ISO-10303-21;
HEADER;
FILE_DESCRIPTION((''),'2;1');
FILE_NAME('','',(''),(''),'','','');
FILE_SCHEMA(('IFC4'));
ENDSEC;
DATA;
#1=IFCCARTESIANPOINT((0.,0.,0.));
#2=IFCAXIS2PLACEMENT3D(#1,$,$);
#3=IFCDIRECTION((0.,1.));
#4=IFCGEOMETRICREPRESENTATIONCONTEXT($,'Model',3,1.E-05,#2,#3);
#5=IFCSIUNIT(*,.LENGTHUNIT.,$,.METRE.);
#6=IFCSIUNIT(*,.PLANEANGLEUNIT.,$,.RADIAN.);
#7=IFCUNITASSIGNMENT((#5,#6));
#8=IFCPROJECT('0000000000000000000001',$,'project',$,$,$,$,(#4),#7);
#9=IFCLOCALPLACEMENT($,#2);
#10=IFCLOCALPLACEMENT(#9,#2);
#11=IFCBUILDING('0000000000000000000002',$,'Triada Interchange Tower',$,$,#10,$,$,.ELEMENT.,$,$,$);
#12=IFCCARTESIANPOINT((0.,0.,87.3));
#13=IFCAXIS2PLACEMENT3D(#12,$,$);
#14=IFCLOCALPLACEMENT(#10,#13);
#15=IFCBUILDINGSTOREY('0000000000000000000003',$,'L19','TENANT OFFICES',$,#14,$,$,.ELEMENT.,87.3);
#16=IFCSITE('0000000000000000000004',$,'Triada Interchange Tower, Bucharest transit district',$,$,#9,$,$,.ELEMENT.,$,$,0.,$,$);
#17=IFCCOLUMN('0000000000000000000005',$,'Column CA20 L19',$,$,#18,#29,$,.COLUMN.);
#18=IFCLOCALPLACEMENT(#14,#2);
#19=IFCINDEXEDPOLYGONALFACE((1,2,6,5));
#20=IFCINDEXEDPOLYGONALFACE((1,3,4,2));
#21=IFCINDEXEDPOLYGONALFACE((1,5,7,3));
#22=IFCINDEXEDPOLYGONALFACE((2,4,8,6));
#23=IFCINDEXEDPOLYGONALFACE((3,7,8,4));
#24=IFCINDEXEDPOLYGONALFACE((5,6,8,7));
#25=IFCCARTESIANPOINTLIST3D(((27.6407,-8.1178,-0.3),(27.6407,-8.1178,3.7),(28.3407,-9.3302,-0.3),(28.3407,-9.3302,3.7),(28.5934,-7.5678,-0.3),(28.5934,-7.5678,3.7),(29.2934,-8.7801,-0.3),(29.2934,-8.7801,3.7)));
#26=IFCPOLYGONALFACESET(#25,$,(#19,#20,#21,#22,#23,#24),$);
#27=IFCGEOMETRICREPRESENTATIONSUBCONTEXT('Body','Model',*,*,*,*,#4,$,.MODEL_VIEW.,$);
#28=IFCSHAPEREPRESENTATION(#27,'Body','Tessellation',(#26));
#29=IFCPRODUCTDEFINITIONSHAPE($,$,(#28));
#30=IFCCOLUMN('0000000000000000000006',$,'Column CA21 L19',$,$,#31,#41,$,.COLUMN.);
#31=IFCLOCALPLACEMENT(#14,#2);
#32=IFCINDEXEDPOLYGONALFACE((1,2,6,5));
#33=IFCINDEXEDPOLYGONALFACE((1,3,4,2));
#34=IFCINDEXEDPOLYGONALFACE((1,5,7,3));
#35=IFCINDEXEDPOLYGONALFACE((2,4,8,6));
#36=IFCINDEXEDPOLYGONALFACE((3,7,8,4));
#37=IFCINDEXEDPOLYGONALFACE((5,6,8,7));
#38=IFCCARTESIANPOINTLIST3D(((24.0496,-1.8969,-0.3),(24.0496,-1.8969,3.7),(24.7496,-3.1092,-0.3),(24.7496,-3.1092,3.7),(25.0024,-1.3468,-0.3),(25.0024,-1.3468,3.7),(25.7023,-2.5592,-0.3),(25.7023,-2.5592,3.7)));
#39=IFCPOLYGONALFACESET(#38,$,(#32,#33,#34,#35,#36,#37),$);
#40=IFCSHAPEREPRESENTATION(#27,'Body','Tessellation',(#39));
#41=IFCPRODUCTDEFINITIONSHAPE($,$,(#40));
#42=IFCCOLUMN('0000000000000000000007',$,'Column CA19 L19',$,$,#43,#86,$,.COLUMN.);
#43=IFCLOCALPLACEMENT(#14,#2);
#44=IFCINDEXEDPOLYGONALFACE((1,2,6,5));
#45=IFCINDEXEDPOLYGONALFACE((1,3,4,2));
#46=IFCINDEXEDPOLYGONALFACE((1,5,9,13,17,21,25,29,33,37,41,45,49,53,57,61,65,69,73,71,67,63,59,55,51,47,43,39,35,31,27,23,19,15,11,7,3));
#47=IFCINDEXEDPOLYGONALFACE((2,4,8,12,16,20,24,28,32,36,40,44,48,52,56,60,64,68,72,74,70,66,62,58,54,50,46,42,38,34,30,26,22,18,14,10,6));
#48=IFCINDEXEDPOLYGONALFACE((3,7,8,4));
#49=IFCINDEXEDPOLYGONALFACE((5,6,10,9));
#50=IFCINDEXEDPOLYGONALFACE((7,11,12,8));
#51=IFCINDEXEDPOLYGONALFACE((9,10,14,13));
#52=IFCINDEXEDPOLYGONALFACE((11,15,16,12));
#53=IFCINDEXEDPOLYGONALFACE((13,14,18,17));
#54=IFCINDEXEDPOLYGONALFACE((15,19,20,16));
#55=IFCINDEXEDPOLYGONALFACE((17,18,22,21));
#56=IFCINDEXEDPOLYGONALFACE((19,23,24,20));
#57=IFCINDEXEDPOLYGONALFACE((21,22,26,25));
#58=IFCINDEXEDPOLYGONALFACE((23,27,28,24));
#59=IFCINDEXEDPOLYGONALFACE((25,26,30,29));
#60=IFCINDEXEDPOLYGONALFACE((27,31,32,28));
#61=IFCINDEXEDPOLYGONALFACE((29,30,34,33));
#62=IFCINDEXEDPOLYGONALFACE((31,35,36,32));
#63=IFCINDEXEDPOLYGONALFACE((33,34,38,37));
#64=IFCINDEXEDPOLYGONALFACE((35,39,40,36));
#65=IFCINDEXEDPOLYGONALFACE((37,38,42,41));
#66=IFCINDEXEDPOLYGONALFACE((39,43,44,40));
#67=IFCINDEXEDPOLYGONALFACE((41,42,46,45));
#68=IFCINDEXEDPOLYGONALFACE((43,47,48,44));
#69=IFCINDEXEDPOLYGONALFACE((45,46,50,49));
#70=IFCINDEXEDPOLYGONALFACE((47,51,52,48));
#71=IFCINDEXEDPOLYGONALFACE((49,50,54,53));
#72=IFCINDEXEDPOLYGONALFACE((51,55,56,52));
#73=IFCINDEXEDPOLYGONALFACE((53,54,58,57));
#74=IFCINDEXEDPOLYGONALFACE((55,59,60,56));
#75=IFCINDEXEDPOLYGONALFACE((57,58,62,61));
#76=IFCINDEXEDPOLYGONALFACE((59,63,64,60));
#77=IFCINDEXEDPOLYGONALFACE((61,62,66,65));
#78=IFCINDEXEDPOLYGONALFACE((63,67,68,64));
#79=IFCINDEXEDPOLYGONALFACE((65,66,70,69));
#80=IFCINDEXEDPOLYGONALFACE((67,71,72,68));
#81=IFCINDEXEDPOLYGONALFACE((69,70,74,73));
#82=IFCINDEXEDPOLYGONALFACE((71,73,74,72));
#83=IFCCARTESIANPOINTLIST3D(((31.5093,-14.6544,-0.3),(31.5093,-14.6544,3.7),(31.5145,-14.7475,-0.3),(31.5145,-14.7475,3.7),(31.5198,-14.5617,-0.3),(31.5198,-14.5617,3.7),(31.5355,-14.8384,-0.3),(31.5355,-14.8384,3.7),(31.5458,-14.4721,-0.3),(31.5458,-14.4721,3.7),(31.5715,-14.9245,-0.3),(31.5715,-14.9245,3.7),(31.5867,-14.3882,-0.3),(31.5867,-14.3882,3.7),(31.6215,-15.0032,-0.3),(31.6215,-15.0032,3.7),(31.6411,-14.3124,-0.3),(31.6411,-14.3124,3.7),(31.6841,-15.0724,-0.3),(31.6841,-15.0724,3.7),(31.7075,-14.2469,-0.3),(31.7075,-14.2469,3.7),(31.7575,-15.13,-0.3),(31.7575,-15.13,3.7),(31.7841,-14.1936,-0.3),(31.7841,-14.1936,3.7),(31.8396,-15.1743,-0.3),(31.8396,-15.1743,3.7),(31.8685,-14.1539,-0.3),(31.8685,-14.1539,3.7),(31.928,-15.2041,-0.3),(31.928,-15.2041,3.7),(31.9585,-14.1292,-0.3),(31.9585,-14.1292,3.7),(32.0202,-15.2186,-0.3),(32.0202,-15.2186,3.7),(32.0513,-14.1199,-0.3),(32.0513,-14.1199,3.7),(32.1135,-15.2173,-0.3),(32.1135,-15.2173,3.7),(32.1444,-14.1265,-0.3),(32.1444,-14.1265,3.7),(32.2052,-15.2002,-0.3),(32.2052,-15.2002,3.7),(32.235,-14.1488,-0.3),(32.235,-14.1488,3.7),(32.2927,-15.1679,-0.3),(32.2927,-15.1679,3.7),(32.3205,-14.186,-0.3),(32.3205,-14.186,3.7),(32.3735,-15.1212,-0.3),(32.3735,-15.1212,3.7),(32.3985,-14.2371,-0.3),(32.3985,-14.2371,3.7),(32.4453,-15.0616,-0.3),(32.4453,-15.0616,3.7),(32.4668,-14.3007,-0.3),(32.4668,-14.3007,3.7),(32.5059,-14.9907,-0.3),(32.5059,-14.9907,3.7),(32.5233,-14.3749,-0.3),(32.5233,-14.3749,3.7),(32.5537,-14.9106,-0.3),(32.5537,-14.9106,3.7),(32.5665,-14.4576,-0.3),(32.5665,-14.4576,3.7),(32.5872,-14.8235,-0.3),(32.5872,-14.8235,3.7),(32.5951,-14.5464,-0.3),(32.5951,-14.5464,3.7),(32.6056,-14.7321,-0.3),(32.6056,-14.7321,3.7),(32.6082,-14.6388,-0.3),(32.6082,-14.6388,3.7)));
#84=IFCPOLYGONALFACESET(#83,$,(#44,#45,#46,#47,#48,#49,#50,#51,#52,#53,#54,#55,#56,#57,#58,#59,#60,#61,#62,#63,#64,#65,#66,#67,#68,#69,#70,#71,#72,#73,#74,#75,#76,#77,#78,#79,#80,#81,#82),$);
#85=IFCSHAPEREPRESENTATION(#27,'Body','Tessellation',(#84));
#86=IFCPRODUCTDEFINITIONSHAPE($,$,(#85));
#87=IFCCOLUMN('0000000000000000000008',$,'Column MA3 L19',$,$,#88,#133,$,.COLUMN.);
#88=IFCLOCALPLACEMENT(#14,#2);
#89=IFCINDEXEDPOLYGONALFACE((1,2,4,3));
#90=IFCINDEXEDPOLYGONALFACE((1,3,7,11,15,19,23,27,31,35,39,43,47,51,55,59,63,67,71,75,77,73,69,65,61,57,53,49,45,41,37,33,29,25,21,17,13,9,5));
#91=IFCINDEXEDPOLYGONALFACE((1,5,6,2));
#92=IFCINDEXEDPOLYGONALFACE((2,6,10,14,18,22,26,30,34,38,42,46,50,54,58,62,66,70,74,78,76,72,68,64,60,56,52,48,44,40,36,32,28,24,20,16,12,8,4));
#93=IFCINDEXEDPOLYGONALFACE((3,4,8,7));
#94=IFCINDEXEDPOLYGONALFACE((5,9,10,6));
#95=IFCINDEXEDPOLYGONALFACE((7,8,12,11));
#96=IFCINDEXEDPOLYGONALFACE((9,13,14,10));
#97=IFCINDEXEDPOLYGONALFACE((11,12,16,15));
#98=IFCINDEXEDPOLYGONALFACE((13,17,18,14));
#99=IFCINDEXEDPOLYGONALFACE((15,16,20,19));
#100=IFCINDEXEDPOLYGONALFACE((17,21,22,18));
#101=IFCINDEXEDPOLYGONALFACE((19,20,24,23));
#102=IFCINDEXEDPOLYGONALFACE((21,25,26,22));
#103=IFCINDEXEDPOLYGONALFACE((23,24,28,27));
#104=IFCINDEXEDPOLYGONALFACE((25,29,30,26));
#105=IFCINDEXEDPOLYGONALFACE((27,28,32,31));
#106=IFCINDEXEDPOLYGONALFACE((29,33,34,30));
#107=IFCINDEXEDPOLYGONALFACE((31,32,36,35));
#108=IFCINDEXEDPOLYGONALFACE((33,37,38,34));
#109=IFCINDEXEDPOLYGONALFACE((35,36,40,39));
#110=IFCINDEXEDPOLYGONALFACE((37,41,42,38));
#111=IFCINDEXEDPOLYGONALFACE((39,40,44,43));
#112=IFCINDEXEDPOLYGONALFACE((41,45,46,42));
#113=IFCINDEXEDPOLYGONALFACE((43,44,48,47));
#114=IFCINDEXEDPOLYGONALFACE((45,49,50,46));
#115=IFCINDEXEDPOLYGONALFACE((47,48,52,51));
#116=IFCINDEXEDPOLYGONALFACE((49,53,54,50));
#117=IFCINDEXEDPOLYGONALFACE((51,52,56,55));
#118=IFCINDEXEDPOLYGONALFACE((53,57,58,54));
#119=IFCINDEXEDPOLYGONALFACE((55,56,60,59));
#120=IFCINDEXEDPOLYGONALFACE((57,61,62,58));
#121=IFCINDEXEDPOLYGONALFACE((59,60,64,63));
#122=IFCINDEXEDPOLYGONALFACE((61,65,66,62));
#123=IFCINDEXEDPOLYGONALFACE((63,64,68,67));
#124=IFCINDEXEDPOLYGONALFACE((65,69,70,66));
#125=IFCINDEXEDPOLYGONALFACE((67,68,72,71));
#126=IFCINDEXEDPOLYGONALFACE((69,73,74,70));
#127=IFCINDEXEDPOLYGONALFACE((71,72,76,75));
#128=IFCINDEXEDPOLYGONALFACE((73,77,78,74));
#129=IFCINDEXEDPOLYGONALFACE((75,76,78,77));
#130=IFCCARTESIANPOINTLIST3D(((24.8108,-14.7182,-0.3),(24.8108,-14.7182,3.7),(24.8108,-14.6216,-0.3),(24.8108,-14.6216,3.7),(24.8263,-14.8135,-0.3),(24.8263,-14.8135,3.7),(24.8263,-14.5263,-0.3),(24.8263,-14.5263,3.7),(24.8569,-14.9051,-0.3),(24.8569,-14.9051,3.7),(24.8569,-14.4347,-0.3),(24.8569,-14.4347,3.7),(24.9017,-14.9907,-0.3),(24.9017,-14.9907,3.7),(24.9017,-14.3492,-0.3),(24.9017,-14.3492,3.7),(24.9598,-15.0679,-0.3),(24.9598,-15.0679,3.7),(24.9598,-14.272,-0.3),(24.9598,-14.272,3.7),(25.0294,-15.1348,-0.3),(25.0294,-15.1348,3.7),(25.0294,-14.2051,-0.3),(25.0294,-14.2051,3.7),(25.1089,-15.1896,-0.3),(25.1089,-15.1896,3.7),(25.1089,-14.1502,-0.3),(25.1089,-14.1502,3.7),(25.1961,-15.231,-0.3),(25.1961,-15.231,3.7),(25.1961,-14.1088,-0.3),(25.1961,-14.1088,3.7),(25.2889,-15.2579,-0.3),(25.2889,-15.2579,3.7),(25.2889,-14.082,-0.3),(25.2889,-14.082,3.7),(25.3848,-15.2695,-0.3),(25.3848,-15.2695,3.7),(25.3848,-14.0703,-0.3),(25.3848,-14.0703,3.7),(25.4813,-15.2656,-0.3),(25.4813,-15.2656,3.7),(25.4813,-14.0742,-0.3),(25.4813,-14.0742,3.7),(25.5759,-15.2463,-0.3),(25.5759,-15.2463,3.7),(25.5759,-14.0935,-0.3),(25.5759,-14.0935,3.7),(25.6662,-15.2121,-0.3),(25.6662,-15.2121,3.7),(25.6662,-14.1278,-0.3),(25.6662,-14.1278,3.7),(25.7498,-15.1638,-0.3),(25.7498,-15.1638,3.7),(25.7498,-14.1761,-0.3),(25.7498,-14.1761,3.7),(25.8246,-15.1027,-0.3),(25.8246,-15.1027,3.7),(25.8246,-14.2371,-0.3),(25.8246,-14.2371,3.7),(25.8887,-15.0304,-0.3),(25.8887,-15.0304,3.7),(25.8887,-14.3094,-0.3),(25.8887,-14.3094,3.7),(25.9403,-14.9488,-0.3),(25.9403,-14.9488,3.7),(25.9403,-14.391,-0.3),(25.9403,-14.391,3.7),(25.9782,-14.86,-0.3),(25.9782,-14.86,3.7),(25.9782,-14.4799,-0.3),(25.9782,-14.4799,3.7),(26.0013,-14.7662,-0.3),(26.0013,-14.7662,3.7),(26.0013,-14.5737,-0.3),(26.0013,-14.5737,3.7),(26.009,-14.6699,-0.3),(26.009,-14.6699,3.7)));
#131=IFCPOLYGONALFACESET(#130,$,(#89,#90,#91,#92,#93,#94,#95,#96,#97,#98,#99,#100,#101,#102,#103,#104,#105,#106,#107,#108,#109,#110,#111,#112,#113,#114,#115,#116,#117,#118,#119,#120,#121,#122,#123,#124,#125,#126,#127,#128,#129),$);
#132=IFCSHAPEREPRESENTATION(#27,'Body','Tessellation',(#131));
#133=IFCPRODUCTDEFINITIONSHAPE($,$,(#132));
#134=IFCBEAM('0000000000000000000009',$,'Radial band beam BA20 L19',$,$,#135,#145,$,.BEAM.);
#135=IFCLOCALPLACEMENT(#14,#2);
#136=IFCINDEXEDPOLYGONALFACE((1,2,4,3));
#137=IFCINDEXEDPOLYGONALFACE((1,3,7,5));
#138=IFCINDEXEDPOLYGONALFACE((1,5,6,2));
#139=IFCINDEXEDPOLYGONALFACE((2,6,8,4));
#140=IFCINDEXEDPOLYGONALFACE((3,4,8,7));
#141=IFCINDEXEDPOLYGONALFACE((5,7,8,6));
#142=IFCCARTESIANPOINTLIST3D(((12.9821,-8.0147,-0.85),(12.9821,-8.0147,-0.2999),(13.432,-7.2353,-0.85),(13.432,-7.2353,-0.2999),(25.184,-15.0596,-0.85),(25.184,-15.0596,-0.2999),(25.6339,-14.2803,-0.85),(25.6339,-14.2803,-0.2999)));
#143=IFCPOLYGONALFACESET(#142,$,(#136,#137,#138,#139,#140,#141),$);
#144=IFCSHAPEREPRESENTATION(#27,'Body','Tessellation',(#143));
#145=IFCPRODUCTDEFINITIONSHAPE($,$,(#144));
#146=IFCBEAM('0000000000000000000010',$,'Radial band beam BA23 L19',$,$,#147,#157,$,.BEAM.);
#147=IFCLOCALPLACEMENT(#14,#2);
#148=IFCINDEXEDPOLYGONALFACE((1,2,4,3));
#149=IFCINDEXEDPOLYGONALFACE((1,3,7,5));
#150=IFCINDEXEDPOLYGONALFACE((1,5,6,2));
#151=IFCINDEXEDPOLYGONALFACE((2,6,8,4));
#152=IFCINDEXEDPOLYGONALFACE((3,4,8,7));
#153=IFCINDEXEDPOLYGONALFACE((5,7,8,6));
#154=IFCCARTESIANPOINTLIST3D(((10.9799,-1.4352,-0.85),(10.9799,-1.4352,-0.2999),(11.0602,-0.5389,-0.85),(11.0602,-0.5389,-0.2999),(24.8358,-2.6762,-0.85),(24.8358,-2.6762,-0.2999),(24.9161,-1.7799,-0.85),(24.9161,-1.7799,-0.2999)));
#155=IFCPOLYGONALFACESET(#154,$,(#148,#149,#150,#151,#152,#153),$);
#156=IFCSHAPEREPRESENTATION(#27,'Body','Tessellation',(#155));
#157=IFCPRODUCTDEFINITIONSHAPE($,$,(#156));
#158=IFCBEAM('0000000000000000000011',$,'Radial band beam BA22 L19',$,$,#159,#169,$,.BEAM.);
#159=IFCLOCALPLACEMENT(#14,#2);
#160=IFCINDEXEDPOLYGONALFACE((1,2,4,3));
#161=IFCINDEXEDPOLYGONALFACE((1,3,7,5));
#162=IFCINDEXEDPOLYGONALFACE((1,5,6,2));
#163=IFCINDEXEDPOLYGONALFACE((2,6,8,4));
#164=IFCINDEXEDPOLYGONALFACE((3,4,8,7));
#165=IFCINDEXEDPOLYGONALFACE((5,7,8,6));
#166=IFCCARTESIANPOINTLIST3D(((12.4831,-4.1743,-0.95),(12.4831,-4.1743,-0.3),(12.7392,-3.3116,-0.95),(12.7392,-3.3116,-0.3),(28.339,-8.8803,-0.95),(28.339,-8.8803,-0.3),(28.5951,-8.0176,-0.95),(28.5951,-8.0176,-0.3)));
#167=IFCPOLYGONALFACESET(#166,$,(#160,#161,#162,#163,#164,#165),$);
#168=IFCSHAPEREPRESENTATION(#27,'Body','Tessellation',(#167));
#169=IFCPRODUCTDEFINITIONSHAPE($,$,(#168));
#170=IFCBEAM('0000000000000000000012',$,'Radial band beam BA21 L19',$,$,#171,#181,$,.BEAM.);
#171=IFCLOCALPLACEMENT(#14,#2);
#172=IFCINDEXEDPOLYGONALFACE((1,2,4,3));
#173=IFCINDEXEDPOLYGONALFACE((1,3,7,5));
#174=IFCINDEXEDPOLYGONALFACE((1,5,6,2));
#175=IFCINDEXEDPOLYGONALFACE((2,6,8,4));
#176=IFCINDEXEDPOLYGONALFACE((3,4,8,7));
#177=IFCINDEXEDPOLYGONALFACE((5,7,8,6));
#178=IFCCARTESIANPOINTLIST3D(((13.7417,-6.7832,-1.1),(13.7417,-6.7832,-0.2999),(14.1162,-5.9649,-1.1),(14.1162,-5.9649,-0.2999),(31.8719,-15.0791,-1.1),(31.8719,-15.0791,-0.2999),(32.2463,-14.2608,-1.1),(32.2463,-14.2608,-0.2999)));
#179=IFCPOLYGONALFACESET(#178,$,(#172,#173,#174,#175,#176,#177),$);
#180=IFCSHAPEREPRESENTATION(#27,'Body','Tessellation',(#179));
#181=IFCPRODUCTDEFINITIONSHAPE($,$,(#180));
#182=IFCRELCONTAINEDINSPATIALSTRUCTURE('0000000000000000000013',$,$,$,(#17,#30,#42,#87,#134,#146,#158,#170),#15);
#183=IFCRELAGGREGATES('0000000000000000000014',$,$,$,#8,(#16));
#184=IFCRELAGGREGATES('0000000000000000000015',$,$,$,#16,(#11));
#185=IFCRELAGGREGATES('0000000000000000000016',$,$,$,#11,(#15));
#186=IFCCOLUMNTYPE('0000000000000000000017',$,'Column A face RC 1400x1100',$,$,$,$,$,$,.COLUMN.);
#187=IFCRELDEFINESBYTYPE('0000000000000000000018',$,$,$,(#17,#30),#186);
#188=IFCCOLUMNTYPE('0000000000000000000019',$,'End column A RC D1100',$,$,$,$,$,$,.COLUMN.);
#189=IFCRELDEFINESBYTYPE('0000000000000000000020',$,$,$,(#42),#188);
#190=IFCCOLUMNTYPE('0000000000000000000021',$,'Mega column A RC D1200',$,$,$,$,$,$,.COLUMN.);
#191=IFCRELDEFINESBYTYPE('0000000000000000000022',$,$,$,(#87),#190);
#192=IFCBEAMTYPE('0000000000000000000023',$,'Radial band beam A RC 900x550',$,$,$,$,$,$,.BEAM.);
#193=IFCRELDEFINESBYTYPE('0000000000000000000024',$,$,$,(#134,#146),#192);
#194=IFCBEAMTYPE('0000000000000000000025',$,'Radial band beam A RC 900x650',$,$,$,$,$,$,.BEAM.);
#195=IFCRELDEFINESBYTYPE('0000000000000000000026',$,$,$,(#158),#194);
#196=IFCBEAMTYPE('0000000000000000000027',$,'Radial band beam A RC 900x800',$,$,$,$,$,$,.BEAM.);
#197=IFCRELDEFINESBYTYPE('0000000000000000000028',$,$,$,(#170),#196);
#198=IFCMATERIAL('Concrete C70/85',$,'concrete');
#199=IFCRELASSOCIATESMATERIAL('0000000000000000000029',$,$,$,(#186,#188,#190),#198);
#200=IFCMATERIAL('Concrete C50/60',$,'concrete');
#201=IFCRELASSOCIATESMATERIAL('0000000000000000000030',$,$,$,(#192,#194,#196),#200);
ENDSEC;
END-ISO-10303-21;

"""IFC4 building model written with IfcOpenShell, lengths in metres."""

from ifc_helpers import new_model, si_unit, direction, frame, origin, origin_2d, place, context, subcontext, project, spatial, rectangle, circle, extrude, material, material_profile, profile_set, type_object, element, save


model = new_model("IFC4")

# Units and contexts
model_context = context("Model", 3, precision=1e-05, world=origin(), true_north=direction((0.0, 1.0)))
body_context = subcontext(model_context, "Body", "Model", "MODEL_VIEW")
ifc_project = project(units=[si_unit("LENGTHUNIT", "METRE"), si_unit("PLANEANGLEUNIT", "RADIAN")], contexts=[model_context])

# Site, building, storey
site_placement = place(None, origin())
site = spatial("IfcSite", under=ifc_project, at=site_placement, Name="Triada Interchange Tower, Bucharest transit district", CompositionType="ELEMENT", RefElevation=0.0)
building_placement = place(site_placement, origin())
building = spatial("IfcBuilding", under=site, at=building_placement, Name="Triada Interchange Tower", CompositionType="ELEMENT")
storey_placement = place(building_placement, frame((0.0, 0.0, 87.3)))
storey = spatial("IfcBuildingStorey", under=building, at=storey_placement, Name="L19", Description="TENANT OFFICES", CompositionType="ELEMENT", Elevation=87.3)

# Columns
ifc_material_1 = material(Name="Concrete C70/85", Category="concrete")
ifc_material_profile_1 = material_profile(ifc_material_1, rectangle(XDim=1.3999, YDim=1.1001, at=origin_2d()), Name="RC 1400x1100")
ifc_profile_set_1 = profile_set([ifc_material_profile_1], Name="Concrete C70/85")
column_type_1 = type_object("IfcColumnType", Name="Column A face RC 1400x1100", PredefinedType="COLUMN", material=ifc_profile_set_1)
for number, where, z_axis, x_axis, name in (
    (1, (28.467, -8.449, -0.3), (0.0, 0.0, 1.0), (-0.5, 0.866025, 0.0), "Column CA20 L19"),
    (2, (24.876, -2.228, -0.3), (0.0, 0.0, 1.0), (-0.5, 0.866025, 0.0), "Column CA21 L19"),
):
    element("IfcColumn", number, at=place(storey_placement, frame(where, z_axis=z_axis, x_axis=x_axis)), inside=storey, type_object=column_type_1, Name=name, PredefinedType="COLUMN", context=body_context, shape_type="SweptSolid", body=[
        extrude(rectangle(XDim=1.3999, YDim=1.1001, at=origin_2d()), origin(), (0.0, 0.0, 1.0), 4.0),
    ])
ifc_material_profile_2 = material_profile(ifc_material_1, circle(Radius=0.55, at=origin_2d()), Name="RC D1100")
ifc_profile_set_2 = profile_set([ifc_material_profile_2], Name="Concrete C70/85")
column_type_2 = type_object("IfcColumnType", Name="End column A RC D1100", PredefinedType="COLUMN", material=ifc_profile_set_2)
column_1_placement = place(storey_placement, frame((32.0591, -14.6699, -0.3), z_axis=(0.0, 0.0, 1.0), x_axis=(-0.5, 0.866025, 0.0)))
element("IfcColumn", 3, at=column_1_placement, inside=storey, type_object=column_type_2, Name="Column CA19 L19", PredefinedType="COLUMN", context=body_context, shape_type="SweptSolid", body=[
    extrude(circle(Radius=0.55, at=origin_2d()), origin(), (0.0, 0.0, 1.0), 4.0),
])
ifc_material_profile_3 = material_profile(ifc_material_1, circle(Radius=0.6001, at=origin_2d()), Name="RC D1200")
ifc_profile_set_3 = profile_set([ifc_material_profile_3], Name="Concrete C70/85")
column_type_3 = type_object("IfcColumnType", Name="Mega column A RC D1200", PredefinedType="COLUMN", material=ifc_profile_set_3)
column_2_placement = place(storey_placement, frame((25.4089, -14.6699, -0.3), z_axis=(0.0, 0.0, 1.0), x_axis=(1.0, 0.0, 0.0)))
element("IfcColumn", 4, at=column_2_placement, inside=storey, type_object=column_type_3, Name="Column MA3 L19", PredefinedType="COLUMN", context=body_context, shape_type="SweptSolid", body=[
    extrude(circle(Radius=0.6001, at=origin_2d()), origin(), (0.0, 0.0, 1.0), 4.0),
])

# Beams
ifc_material_2 = material(Name="Concrete C50/60", Category="concrete")
ifc_material_profile_4 = material_profile(ifc_material_2, rectangle(XDim=0.8999, YDim=0.55, at=origin_2d()), Name="RC 900x550")
ifc_profile_set_4 = profile_set([ifc_material_profile_4], Name="Concrete C50/60")
beam_type_1 = type_object("IfcBeamType", Name="Radial band beam A RC 900x550", PredefinedType="BEAM", material=ifc_profile_set_4)
beam_1_placement = place(storey_placement, frame((25.4089, -14.6699, -0.575), z_axis=(-0.866021, 0.500008, 0.0), x_axis=(-0.500008, -0.866021, 0.0)))
element("IfcBeam", 5, at=beam_1_placement, inside=storey, type_object=beam_type_1, Name="Radial band beam BA20 L19", PredefinedType="BEAM", context=body_context, shape_type="SweptSolid", body=[
    extrude(rectangle(XDim=0.8999, YDim=0.55, at=origin_2d()), origin(), (0.0, 0.0, 1.0), 14.0896),
])
beam_2_placement = place(storey_placement, frame((24.876, -2.228, -0.575), z_axis=(-0.996013, 0.089205, 0.0), x_axis=(-0.089205, -0.996013, 0.0)))
element("IfcBeam", 6, at=beam_2_placement, inside=storey, type_object=beam_type_1, Name="Radial band beam BA23 L19", PredefinedType="BEAM", context=body_context, shape_type="SweptSolid", body=[
    extrude(rectangle(XDim=0.8999, YDim=0.55, at=origin_2d()), origin(), (0.0, 0.0, 1.0), 13.9114),
])
ifc_material_profile_5 = material_profile(ifc_material_2, rectangle(XDim=0.8999, YDim=0.6499, at=origin_2d()), Name="RC 900x650")
ifc_profile_set_5 = profile_set([ifc_material_profile_5], Name="Concrete C50/60")
beam_type_2 = type_object("IfcBeamType", Name="Radial band beam A RC 900x650", PredefinedType="BEAM", material=ifc_profile_set_5)
beam_3_placement = place(storey_placement, frame((28.467, -8.449, -0.625), z_axis=(-0.958666, 0.284533, 0.0), x_axis=(-0.284533, -0.958666, 0.0)))
element("IfcBeam", 7, at=beam_3_placement, inside=storey, type_object=beam_type_2, Name="Radial band beam BA22 L19", PredefinedType="BEAM", context=body_context, shape_type="SweptSolid", body=[
    extrude(rectangle(XDim=0.8999, YDim=0.6499, at=origin_2d()), origin(), (0.0, 0.0, 1.0), 16.5396),
])
ifc_material_profile_6 = material_profile(ifc_material_2, rectangle(XDim=0.8999, YDim=0.8, at=origin_2d()), Name="RC 900x800")
ifc_profile_set_6 = profile_set([ifc_material_profile_6], Name="Concrete C50/60")
beam_type_3 = type_object("IfcBeamType", Name="Radial band beam A RC 900x800", PredefinedType="BEAM", material=ifc_profile_set_6)
beam_4_placement = place(storey_placement, frame((32.0591, -14.6699, -0.7), z_axis=(-0.909326, 0.416085, 0.0), x_axis=(-0.416085, -0.909326, 0.0)))
element("IfcBeam", 8, at=beam_4_placement, inside=storey, type_object=beam_type_3, Name="Radial band beam BA21 L19", PredefinedType="BEAM", context=body_context, shape_type="SweptSolid", body=[
    extrude(rectangle(XDim=0.8999, YDim=0.8, at=origin_2d()), origin(), (0.0, 0.0, 1.0), 19.938),
])

save(model, "model.ifc")
